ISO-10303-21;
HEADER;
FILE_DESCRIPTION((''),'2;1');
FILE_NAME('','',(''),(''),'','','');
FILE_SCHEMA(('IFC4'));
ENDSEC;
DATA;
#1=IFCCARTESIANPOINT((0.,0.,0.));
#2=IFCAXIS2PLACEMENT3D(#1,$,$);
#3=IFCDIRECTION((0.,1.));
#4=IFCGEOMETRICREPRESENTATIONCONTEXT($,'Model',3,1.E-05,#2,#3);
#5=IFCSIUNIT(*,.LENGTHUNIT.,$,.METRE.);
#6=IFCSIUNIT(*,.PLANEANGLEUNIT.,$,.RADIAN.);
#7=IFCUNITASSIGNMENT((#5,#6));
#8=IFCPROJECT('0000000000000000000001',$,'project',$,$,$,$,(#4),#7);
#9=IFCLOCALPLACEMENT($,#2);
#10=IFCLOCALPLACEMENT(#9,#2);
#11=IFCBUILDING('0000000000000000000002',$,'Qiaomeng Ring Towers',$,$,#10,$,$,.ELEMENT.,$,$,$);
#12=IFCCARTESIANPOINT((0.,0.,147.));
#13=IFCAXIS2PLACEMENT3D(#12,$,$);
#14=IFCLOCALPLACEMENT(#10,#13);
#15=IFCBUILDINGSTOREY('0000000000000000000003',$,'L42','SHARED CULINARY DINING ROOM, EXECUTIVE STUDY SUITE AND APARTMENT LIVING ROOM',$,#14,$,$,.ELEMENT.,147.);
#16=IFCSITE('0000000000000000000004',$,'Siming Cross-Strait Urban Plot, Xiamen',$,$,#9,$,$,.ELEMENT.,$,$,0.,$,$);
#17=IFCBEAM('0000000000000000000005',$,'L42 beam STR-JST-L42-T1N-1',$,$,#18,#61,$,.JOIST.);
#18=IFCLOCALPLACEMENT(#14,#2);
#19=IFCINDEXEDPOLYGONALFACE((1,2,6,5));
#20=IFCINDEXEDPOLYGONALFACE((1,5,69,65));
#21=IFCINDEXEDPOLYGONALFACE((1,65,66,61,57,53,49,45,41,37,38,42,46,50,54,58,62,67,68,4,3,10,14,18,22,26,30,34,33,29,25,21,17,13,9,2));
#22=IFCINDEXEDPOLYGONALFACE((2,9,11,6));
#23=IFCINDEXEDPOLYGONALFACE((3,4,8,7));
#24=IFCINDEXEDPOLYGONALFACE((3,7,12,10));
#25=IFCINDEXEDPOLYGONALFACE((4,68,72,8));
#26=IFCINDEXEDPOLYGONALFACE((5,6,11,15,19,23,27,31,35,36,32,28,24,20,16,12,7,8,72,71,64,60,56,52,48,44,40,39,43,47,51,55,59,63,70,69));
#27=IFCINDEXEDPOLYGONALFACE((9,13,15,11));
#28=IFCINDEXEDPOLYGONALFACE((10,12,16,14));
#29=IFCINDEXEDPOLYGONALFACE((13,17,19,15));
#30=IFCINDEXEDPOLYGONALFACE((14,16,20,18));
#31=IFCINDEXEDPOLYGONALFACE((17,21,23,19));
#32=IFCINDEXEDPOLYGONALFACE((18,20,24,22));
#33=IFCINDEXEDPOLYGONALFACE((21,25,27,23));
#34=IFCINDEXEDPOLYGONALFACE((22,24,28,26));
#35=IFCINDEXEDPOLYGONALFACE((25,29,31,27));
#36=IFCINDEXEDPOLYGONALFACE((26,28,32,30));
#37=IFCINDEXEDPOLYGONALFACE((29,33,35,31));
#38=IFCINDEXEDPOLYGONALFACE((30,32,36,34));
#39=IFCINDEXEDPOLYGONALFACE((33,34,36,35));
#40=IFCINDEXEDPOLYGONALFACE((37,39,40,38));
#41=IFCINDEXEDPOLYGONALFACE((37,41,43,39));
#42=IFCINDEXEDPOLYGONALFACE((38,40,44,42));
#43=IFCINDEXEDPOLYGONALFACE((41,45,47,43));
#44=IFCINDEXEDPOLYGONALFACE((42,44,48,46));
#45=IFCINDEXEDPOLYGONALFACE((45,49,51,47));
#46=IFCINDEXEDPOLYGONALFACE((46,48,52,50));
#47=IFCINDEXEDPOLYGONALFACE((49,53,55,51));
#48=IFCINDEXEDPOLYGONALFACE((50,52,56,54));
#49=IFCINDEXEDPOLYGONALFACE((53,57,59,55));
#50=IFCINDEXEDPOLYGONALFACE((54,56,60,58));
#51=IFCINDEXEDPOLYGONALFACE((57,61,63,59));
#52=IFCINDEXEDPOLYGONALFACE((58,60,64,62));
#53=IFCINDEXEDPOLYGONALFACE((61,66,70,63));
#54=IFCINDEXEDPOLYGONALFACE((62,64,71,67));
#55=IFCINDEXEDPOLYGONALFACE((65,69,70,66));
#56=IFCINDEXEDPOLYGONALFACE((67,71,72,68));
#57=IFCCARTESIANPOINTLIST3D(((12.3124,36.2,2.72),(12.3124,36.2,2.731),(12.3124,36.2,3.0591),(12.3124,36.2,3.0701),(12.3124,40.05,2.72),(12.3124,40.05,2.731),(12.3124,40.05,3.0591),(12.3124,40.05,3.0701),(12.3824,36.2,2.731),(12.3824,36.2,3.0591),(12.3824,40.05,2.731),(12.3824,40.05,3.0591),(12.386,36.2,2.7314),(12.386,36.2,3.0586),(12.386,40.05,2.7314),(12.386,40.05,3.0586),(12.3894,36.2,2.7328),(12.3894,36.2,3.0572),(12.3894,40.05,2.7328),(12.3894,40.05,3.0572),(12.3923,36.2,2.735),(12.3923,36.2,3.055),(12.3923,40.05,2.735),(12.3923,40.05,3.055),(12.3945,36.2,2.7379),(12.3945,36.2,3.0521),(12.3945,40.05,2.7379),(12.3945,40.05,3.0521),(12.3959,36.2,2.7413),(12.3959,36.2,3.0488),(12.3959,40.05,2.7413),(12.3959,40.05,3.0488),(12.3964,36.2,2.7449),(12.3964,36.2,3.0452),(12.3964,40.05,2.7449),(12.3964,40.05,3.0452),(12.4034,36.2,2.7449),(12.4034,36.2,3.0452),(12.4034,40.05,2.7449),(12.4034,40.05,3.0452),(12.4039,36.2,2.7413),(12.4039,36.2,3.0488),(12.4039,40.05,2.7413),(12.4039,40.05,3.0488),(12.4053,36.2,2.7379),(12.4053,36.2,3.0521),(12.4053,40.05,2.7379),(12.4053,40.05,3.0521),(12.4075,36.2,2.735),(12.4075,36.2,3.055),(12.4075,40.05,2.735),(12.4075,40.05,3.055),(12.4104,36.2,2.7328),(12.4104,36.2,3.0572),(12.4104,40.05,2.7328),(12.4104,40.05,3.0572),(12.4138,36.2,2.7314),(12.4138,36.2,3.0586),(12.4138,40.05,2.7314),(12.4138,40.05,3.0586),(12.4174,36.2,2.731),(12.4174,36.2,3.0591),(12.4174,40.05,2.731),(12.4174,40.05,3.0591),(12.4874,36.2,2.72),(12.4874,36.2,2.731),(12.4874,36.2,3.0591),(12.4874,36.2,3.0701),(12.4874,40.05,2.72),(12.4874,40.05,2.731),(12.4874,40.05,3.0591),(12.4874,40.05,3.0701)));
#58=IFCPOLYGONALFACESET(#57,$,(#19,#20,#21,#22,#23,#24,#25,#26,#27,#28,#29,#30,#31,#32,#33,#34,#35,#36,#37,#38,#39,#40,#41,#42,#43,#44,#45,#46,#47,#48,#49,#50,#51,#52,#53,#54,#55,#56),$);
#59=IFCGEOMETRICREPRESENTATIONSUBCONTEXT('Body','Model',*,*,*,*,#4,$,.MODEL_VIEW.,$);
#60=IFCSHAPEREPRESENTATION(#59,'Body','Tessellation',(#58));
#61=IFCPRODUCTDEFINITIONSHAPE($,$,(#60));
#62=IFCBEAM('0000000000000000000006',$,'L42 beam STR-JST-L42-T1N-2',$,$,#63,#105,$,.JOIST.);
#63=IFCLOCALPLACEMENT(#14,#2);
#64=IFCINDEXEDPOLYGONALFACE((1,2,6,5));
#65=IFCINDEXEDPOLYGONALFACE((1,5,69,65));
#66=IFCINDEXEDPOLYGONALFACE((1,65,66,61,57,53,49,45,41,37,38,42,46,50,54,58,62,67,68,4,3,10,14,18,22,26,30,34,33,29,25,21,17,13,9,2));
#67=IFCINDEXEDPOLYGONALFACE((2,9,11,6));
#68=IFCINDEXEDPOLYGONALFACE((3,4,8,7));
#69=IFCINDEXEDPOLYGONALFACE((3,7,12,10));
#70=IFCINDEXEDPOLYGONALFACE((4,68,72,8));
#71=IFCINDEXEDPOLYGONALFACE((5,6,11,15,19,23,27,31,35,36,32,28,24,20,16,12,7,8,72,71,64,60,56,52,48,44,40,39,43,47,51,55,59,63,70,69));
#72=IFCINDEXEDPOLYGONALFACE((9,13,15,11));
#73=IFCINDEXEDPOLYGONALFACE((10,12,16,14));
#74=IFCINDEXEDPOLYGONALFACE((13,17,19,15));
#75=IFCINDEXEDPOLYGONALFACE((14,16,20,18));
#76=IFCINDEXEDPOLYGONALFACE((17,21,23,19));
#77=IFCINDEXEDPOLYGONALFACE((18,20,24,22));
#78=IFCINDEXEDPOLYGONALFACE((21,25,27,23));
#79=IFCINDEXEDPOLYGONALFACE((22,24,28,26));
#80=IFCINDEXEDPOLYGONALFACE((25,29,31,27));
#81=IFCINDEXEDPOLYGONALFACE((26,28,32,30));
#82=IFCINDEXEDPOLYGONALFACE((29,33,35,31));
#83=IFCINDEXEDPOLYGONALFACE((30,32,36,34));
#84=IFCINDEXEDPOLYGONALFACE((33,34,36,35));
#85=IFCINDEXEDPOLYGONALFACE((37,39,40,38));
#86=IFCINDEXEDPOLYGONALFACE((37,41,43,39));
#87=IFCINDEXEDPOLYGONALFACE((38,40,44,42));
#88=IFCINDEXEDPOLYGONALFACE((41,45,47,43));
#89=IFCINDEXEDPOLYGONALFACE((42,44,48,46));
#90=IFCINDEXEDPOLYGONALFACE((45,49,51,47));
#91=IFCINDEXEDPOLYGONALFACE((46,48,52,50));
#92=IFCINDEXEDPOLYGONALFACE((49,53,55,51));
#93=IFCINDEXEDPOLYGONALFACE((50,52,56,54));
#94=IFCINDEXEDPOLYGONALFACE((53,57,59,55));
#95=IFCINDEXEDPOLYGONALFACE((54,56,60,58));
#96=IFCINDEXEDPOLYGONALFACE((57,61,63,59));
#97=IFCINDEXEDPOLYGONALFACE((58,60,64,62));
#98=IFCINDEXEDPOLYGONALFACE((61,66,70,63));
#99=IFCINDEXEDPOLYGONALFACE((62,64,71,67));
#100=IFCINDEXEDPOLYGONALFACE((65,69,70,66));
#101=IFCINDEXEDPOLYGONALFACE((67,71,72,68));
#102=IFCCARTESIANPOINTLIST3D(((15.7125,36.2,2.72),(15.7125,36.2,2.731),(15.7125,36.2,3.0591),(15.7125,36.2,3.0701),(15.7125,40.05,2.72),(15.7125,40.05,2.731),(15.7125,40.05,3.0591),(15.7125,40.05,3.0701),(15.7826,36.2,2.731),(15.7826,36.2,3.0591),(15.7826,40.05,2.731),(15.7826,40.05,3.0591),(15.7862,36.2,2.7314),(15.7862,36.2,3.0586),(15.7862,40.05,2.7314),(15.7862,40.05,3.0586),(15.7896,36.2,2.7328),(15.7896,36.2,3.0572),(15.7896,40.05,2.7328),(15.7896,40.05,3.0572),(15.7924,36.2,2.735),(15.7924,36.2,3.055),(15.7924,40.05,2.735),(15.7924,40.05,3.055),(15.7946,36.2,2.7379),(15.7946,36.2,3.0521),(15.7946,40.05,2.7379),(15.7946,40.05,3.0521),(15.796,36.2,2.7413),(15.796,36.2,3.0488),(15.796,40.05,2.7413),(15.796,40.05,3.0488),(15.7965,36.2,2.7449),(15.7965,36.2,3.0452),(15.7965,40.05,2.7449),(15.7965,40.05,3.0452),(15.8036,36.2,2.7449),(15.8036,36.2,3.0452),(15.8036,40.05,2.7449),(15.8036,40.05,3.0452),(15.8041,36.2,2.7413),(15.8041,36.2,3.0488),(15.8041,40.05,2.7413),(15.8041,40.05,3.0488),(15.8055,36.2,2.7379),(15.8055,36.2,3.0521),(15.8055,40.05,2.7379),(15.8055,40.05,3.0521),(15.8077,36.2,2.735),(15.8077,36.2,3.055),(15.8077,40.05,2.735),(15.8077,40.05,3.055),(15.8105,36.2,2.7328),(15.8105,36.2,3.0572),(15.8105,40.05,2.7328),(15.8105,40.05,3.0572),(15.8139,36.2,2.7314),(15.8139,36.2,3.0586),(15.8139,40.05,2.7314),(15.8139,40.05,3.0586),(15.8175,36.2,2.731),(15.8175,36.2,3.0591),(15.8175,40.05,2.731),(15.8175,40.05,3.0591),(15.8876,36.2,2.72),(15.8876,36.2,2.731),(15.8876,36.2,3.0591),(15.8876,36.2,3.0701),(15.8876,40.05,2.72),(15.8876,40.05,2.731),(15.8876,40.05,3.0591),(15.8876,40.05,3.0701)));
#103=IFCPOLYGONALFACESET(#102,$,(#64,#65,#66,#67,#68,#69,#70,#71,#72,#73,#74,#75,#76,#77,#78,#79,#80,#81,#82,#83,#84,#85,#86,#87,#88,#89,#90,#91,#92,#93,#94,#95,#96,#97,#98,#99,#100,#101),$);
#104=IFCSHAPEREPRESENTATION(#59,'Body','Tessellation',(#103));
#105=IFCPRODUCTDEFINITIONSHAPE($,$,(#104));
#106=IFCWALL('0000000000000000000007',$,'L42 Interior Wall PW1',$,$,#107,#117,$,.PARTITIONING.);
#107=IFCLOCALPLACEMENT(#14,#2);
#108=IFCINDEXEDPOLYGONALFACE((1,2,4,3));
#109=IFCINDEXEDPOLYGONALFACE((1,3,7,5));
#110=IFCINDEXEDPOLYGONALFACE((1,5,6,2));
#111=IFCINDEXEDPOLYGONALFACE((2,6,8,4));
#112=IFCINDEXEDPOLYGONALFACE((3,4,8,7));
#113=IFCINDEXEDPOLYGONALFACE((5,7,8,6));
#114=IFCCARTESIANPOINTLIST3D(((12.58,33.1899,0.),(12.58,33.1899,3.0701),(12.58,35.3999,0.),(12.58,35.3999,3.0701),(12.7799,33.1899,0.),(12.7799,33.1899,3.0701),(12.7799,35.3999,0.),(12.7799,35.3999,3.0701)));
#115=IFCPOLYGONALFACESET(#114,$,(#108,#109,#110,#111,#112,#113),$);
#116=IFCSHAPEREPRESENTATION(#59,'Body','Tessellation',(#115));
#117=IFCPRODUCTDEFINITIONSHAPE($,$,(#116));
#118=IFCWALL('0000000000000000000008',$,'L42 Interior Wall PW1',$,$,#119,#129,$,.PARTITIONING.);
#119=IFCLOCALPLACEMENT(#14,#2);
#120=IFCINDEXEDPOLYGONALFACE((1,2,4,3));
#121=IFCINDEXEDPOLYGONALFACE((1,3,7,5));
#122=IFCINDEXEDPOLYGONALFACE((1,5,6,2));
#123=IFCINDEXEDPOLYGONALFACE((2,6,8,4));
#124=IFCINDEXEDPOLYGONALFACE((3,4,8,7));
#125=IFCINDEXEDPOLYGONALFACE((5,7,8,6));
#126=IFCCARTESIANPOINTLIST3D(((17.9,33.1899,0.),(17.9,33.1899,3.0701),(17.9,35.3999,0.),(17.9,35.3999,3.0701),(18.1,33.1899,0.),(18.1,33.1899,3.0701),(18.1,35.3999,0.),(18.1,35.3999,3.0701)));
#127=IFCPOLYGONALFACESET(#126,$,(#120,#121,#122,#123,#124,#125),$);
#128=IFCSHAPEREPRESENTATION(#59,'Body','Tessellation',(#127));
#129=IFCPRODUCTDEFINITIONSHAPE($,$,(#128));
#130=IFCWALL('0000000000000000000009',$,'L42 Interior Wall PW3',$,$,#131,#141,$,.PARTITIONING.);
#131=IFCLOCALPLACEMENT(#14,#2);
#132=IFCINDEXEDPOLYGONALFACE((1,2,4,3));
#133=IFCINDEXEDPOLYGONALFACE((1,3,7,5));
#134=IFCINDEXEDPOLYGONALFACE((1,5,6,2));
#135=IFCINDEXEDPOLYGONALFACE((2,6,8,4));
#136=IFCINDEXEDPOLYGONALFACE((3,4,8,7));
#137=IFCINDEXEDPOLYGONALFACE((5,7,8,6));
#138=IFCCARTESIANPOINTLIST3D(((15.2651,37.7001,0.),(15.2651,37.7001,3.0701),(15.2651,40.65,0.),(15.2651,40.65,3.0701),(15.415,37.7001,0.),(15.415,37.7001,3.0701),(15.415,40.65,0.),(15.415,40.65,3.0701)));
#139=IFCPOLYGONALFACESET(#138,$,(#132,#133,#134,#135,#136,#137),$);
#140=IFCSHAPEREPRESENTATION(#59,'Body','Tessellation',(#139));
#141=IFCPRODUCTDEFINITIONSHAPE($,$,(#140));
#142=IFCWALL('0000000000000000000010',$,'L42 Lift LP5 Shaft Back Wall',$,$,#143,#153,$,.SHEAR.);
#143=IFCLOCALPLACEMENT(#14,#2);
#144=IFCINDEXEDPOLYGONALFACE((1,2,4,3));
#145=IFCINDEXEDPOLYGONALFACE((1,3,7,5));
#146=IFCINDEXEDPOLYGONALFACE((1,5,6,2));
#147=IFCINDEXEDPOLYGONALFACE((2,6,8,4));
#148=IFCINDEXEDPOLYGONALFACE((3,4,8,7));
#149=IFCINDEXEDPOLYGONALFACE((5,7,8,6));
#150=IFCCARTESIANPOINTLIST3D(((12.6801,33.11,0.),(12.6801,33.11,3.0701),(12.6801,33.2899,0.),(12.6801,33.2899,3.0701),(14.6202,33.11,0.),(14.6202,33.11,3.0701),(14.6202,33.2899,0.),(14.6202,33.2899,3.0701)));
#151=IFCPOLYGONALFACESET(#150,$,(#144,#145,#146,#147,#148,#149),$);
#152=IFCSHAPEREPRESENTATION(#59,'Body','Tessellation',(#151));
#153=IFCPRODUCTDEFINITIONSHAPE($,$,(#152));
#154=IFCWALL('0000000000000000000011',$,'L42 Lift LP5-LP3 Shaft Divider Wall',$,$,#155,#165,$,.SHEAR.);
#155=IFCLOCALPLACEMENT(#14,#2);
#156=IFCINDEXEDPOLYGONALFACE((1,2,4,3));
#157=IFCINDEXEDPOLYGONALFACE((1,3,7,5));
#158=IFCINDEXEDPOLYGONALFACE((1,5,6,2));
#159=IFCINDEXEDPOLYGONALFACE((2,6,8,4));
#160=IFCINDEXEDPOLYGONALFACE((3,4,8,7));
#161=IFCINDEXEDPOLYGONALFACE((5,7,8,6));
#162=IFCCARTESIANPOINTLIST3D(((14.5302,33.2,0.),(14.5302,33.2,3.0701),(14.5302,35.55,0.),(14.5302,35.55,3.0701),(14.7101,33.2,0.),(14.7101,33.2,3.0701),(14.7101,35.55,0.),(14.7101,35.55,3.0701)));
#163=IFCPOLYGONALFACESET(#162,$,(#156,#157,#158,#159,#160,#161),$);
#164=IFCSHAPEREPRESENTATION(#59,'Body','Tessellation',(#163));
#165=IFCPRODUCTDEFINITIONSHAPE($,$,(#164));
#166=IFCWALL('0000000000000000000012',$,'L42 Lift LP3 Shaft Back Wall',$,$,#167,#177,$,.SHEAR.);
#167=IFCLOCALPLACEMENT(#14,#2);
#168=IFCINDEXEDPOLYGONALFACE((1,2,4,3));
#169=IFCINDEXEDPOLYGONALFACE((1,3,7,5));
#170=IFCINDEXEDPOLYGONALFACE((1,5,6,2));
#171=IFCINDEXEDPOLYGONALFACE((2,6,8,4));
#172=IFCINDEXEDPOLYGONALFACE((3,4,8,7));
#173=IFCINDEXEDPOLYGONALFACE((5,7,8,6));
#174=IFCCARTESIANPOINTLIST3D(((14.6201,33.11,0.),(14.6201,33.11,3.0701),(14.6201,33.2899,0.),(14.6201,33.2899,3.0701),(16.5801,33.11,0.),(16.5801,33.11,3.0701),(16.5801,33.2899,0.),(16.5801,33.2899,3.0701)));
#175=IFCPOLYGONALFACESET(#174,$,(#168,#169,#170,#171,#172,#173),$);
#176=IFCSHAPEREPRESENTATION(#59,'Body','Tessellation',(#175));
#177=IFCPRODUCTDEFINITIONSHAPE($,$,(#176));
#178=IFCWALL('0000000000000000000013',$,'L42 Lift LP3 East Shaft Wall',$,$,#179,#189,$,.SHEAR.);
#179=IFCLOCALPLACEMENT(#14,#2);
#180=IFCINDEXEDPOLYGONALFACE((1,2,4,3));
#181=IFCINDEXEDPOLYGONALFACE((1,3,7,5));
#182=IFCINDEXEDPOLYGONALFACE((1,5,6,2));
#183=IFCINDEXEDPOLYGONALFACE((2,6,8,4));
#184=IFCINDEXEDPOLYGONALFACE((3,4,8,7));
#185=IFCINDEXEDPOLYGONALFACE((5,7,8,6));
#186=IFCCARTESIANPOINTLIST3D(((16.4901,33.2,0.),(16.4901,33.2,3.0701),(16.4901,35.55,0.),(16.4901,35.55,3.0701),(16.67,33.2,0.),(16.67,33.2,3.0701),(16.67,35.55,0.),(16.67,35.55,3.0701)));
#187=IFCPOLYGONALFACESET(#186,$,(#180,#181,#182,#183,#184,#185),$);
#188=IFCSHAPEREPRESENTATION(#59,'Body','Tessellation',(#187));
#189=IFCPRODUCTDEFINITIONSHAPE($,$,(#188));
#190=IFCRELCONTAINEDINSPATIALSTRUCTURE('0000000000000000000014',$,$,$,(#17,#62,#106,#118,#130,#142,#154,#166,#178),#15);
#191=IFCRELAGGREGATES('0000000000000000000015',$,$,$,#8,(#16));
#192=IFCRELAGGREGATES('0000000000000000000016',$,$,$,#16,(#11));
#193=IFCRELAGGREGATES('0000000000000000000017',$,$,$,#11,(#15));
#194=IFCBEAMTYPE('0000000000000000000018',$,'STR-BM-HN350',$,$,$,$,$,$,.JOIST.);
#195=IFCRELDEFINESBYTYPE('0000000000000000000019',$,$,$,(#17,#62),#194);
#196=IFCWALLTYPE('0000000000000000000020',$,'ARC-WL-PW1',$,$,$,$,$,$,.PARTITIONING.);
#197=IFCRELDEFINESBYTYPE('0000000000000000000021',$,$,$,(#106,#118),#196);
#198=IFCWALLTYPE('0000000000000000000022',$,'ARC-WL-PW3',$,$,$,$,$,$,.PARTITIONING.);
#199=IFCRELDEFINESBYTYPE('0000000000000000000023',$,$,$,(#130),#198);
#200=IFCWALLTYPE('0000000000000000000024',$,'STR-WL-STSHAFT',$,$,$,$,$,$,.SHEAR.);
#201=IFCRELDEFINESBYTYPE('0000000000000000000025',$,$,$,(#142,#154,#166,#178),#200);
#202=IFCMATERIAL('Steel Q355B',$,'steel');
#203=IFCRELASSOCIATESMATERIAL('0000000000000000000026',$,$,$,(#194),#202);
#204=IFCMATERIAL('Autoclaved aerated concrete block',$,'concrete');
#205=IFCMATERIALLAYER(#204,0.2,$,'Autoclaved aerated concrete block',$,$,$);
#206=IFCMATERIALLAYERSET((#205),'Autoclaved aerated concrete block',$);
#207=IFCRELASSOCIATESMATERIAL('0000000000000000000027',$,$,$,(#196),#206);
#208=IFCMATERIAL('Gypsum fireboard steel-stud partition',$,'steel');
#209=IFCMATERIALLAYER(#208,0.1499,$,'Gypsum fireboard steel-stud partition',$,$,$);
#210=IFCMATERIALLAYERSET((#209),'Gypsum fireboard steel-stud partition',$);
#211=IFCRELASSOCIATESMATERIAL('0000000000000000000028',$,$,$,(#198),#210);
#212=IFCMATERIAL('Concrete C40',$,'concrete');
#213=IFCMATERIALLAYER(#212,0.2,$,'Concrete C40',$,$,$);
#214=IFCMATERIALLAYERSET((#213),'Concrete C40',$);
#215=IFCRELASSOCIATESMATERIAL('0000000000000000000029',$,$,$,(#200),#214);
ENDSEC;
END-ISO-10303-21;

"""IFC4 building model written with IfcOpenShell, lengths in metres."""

from ifc_helpers import new_model, si_unit, direction, frame, frame_2d, origin, origin_2d, place, context, subcontext, project, spatial, rectangle, i_section, extrude, source, transform, mapped, material, layer, layer_set, material_profile, profile_set, type_object, element, save


model = new_model("IFC4")

# Units and contexts
model_context = context("Model", 3, precision=1e-05, world=origin(), true_north=direction((0.0, 1.0)))
body_context = subcontext(model_context, "Body", "Model", "MODEL_VIEW")
ifc_project = project(units=[si_unit("LENGTHUNIT", "METRE"), si_unit("PLANEANGLEUNIT", "RADIAN")], contexts=[model_context])

# Site, building, storey
site_placement = place(None, origin())
site = spatial("IfcSite", under=ifc_project, at=site_placement, Name="Siming Cross-Strait Urban Plot, Xiamen", CompositionType="ELEMENT", RefElevation=0.0)
building_placement = place(site_placement, origin())
building = spatial("IfcBuilding", under=site, at=building_placement, Name="Qiaomeng Ring Towers", CompositionType="ELEMENT")
storey_placement = place(building_placement, frame((0.0, 0.0, 147.0)))
storey = spatial("IfcBuildingStorey", under=building, at=storey_placement, Name="L42", Description="SHARED CULINARY DINING ROOM, EXECUTIVE STUDY SUITE AND APARTMENT LIVING ROOM", CompositionType="ELEMENT", Elevation=147.0)

# Beams
ifc_material_1 = material(Name="Steel Q355B", Category="steel")
ifc_material_profile = material_profile(ifc_material_1, i_section(OverallWidth=0.175, OverallDepth=0.3501, WebThickness=0.0071, FlangeThickness=0.011, FilletRadius=0.0139, at=origin_2d()), Name="HN 350x175x7x11")
ifc_profile_set = profile_set([ifc_material_profile], Name="Steel Q355B")
beam_type = type_object("IfcBeamType", Name="STR-BM-HN350", PredefinedType="JOIST", material=ifc_profile_set)
shared_shape_1 = source(origin(), body_context, "Body", "SweptSolid", [
    extrude(i_section(OverallWidth=0.175, OverallDepth=0.3501, WebThickness=0.0071, FlangeThickness=0.011, FilletRadius=0.0139, at=origin_2d()), origin(), (0.0, 0.0, 1.0), 3.8501),
])
for number, where, z_axis, x_axis, name in (
    (1, (12.3999, 36.2, 2.895), (0.0, 1.0, 0.0), (-1.0, 0.0, 0.0), "L42 beam STR-JST-L42-T1N-1"),
    (2, (15.8, 36.2, 2.895), (0.0, 1.0, 0.0), (-1.0, 0.0, 0.0), "L42 beam STR-JST-L42-T1N-2"),
):
    element("IfcBeam", number, at=place(storey_placement, frame(where, z_axis=z_axis, x_axis=x_axis)), inside=storey, type_object=beam_type, Name=name, PredefinedType="JOIST", context=body_context, shape_type="MappedRepresentation", body=[
        mapped(shared_shape_1, transform((0.0, 0.0, 0.0), x_axis=(1.0, 0.0, 0.0), y_axis=(0.0, 1.0, 0.0), z_axis=(0.0, 0.0, 1.0), scale=1.0)),
    ])

# Walls
ifc_material_2 = material(Name="Autoclaved aerated concrete block", Category="concrete")
ifc_layer_1 = layer(ifc_material_2, 0.2, Name="Autoclaved aerated concrete block")
ifc_layer_set_1 = layer_set([ifc_layer_1], Name="Autoclaved aerated concrete block")
wall_type_1 = type_object("IfcWallType", Name="ARC-WL-PW1", PredefinedType="PARTITIONING", material=ifc_layer_set_1)
for number, where, z_axis, x_axis, name in (
    (3, (12.6799, 33.1899, 0.0), (0.0, 0.0, 1.0), (0.0, 1.0, 0.0), "L42 Interior Wall PW1"),
    (4, (18.0, 33.1899, 0.0), (0.0, 0.0, 1.0), (0.0, 1.0, 0.0), "L42 Interior Wall PW1"),
):
    element("IfcWall", number, at=place(storey_placement, frame(where, z_axis=z_axis, x_axis=x_axis)), inside=storey, type_object=wall_type_1, Name=name, PredefinedType="PARTITIONING", context=body_context, shape_type="SweptSolid", body=[
        extrude(rectangle(XDim=2.21, YDim=0.2, at=frame_2d((1.105, 0.0))), origin(), (0.0, 0.0, 1.0), 3.0701),
    ])
ifc_material_3 = material(Name="Gypsum fireboard steel-stud partition", Category="steel")
ifc_layer_2 = layer(ifc_material_3, 0.1499, Name="Gypsum fireboard steel-stud partition")
ifc_layer_set_2 = layer_set([ifc_layer_2], Name="Gypsum fireboard steel-stud partition")
wall_type_2 = type_object("IfcWallType", Name="ARC-WL-PW3", PredefinedType="PARTITIONING", material=ifc_layer_set_2)
wall_1_placement = place(storey_placement, frame((15.3401, 37.7, 0.0), z_axis=(0.0, 0.0, 1.0), x_axis=(0.0, 1.0, 0.0)))
element("IfcWall", 5, at=wall_1_placement, inside=storey, type_object=wall_type_2, Name="L42 Interior Wall PW3", PredefinedType="PARTITIONING", context=body_context, shape_type="SweptSolid", body=[
    extrude(rectangle(XDim=2.95, YDim=0.1499, at=frame_2d((1.4751, 0.0))), origin(), (0.0, 0.0, 1.0), 3.0701),
])
ifc_material_4 = material(Name="Concrete C40", Category="concrete")
ifc_layer_3 = layer(ifc_material_4, 0.2, Name="Concrete C40")
ifc_layer_set_3 = layer_set([ifc_layer_3], Name="Concrete C40")
wall_type_3 = type_object("IfcWallType", Name="STR-WL-STSHAFT", PredefinedType="SHEAR", material=ifc_layer_set_3)
wall_2_placement = place(storey_placement, frame((12.6799, 33.2, 0.0), z_axis=(0.0, 0.0, 1.0), x_axis=(1.0, 0.0, 0.0)))
element("IfcWall", 6, at=wall_2_placement, inside=storey, type_object=wall_type_3, Name="L42 Lift LP5 Shaft Back Wall", PredefinedType="SHEAR", context=body_context, shape_type="SweptSolid", body=[
    extrude(rectangle(XDim=1.9402, YDim=0.1799, at=frame_2d((0.9702, 0.0))), origin(), (0.0, 0.0, 1.0), 3.0701),
])
wall_3_placement = place(storey_placement, frame((14.6201, 33.2, 0.0), z_axis=(0.0, 0.0, 1.0), x_axis=(0.0, 1.0, 0.0)))
element("IfcWall", 7, at=wall_3_placement, inside=storey, type_object=wall_type_3, Name="L42 Lift LP5-LP3 Shaft Divider Wall", PredefinedType="SHEAR", context=body_context, shape_type="SweptSolid", body=[
    extrude(rectangle(XDim=2.3501, YDim=0.1799, at=frame_2d((1.175, 0.0))), origin(), (0.0, 0.0, 1.0), 3.0701),
])
wall_4_placement = place(storey_placement, frame((14.6201, 33.2, 0.0), z_axis=(0.0, 0.0, 1.0), x_axis=(1.0, 0.0, 0.0)))
element("IfcWall", 8, at=wall_4_placement, inside=storey, type_object=wall_type_3, Name="L42 Lift LP3 Shaft Back Wall", PredefinedType="SHEAR", context=body_context, shape_type="SweptSolid", body=[
    extrude(rectangle(XDim=1.96, YDim=0.1799, at=frame_2d((0.98, 0.0))), origin(), (0.0, 0.0, 1.0), 3.0701),
])
wall_5_placement = place(storey_placement, frame((16.5801, 33.2, 0.0), z_axis=(0.0, 0.0, 1.0), x_axis=(0.0, 1.0, 0.0)))
element("IfcWall", 9, at=wall_5_placement, inside=storey, type_object=wall_type_3, Name="L42 Lift LP3 East Shaft Wall", PredefinedType="SHEAR", context=body_context, shape_type="SweptSolid", body=[
    extrude(rectangle(XDim=2.3501, YDim=0.1799, at=frame_2d((1.175, 0.0))), origin(), (0.0, 0.0, 1.0), 3.0701),
])

save(model, "model.ifc")
